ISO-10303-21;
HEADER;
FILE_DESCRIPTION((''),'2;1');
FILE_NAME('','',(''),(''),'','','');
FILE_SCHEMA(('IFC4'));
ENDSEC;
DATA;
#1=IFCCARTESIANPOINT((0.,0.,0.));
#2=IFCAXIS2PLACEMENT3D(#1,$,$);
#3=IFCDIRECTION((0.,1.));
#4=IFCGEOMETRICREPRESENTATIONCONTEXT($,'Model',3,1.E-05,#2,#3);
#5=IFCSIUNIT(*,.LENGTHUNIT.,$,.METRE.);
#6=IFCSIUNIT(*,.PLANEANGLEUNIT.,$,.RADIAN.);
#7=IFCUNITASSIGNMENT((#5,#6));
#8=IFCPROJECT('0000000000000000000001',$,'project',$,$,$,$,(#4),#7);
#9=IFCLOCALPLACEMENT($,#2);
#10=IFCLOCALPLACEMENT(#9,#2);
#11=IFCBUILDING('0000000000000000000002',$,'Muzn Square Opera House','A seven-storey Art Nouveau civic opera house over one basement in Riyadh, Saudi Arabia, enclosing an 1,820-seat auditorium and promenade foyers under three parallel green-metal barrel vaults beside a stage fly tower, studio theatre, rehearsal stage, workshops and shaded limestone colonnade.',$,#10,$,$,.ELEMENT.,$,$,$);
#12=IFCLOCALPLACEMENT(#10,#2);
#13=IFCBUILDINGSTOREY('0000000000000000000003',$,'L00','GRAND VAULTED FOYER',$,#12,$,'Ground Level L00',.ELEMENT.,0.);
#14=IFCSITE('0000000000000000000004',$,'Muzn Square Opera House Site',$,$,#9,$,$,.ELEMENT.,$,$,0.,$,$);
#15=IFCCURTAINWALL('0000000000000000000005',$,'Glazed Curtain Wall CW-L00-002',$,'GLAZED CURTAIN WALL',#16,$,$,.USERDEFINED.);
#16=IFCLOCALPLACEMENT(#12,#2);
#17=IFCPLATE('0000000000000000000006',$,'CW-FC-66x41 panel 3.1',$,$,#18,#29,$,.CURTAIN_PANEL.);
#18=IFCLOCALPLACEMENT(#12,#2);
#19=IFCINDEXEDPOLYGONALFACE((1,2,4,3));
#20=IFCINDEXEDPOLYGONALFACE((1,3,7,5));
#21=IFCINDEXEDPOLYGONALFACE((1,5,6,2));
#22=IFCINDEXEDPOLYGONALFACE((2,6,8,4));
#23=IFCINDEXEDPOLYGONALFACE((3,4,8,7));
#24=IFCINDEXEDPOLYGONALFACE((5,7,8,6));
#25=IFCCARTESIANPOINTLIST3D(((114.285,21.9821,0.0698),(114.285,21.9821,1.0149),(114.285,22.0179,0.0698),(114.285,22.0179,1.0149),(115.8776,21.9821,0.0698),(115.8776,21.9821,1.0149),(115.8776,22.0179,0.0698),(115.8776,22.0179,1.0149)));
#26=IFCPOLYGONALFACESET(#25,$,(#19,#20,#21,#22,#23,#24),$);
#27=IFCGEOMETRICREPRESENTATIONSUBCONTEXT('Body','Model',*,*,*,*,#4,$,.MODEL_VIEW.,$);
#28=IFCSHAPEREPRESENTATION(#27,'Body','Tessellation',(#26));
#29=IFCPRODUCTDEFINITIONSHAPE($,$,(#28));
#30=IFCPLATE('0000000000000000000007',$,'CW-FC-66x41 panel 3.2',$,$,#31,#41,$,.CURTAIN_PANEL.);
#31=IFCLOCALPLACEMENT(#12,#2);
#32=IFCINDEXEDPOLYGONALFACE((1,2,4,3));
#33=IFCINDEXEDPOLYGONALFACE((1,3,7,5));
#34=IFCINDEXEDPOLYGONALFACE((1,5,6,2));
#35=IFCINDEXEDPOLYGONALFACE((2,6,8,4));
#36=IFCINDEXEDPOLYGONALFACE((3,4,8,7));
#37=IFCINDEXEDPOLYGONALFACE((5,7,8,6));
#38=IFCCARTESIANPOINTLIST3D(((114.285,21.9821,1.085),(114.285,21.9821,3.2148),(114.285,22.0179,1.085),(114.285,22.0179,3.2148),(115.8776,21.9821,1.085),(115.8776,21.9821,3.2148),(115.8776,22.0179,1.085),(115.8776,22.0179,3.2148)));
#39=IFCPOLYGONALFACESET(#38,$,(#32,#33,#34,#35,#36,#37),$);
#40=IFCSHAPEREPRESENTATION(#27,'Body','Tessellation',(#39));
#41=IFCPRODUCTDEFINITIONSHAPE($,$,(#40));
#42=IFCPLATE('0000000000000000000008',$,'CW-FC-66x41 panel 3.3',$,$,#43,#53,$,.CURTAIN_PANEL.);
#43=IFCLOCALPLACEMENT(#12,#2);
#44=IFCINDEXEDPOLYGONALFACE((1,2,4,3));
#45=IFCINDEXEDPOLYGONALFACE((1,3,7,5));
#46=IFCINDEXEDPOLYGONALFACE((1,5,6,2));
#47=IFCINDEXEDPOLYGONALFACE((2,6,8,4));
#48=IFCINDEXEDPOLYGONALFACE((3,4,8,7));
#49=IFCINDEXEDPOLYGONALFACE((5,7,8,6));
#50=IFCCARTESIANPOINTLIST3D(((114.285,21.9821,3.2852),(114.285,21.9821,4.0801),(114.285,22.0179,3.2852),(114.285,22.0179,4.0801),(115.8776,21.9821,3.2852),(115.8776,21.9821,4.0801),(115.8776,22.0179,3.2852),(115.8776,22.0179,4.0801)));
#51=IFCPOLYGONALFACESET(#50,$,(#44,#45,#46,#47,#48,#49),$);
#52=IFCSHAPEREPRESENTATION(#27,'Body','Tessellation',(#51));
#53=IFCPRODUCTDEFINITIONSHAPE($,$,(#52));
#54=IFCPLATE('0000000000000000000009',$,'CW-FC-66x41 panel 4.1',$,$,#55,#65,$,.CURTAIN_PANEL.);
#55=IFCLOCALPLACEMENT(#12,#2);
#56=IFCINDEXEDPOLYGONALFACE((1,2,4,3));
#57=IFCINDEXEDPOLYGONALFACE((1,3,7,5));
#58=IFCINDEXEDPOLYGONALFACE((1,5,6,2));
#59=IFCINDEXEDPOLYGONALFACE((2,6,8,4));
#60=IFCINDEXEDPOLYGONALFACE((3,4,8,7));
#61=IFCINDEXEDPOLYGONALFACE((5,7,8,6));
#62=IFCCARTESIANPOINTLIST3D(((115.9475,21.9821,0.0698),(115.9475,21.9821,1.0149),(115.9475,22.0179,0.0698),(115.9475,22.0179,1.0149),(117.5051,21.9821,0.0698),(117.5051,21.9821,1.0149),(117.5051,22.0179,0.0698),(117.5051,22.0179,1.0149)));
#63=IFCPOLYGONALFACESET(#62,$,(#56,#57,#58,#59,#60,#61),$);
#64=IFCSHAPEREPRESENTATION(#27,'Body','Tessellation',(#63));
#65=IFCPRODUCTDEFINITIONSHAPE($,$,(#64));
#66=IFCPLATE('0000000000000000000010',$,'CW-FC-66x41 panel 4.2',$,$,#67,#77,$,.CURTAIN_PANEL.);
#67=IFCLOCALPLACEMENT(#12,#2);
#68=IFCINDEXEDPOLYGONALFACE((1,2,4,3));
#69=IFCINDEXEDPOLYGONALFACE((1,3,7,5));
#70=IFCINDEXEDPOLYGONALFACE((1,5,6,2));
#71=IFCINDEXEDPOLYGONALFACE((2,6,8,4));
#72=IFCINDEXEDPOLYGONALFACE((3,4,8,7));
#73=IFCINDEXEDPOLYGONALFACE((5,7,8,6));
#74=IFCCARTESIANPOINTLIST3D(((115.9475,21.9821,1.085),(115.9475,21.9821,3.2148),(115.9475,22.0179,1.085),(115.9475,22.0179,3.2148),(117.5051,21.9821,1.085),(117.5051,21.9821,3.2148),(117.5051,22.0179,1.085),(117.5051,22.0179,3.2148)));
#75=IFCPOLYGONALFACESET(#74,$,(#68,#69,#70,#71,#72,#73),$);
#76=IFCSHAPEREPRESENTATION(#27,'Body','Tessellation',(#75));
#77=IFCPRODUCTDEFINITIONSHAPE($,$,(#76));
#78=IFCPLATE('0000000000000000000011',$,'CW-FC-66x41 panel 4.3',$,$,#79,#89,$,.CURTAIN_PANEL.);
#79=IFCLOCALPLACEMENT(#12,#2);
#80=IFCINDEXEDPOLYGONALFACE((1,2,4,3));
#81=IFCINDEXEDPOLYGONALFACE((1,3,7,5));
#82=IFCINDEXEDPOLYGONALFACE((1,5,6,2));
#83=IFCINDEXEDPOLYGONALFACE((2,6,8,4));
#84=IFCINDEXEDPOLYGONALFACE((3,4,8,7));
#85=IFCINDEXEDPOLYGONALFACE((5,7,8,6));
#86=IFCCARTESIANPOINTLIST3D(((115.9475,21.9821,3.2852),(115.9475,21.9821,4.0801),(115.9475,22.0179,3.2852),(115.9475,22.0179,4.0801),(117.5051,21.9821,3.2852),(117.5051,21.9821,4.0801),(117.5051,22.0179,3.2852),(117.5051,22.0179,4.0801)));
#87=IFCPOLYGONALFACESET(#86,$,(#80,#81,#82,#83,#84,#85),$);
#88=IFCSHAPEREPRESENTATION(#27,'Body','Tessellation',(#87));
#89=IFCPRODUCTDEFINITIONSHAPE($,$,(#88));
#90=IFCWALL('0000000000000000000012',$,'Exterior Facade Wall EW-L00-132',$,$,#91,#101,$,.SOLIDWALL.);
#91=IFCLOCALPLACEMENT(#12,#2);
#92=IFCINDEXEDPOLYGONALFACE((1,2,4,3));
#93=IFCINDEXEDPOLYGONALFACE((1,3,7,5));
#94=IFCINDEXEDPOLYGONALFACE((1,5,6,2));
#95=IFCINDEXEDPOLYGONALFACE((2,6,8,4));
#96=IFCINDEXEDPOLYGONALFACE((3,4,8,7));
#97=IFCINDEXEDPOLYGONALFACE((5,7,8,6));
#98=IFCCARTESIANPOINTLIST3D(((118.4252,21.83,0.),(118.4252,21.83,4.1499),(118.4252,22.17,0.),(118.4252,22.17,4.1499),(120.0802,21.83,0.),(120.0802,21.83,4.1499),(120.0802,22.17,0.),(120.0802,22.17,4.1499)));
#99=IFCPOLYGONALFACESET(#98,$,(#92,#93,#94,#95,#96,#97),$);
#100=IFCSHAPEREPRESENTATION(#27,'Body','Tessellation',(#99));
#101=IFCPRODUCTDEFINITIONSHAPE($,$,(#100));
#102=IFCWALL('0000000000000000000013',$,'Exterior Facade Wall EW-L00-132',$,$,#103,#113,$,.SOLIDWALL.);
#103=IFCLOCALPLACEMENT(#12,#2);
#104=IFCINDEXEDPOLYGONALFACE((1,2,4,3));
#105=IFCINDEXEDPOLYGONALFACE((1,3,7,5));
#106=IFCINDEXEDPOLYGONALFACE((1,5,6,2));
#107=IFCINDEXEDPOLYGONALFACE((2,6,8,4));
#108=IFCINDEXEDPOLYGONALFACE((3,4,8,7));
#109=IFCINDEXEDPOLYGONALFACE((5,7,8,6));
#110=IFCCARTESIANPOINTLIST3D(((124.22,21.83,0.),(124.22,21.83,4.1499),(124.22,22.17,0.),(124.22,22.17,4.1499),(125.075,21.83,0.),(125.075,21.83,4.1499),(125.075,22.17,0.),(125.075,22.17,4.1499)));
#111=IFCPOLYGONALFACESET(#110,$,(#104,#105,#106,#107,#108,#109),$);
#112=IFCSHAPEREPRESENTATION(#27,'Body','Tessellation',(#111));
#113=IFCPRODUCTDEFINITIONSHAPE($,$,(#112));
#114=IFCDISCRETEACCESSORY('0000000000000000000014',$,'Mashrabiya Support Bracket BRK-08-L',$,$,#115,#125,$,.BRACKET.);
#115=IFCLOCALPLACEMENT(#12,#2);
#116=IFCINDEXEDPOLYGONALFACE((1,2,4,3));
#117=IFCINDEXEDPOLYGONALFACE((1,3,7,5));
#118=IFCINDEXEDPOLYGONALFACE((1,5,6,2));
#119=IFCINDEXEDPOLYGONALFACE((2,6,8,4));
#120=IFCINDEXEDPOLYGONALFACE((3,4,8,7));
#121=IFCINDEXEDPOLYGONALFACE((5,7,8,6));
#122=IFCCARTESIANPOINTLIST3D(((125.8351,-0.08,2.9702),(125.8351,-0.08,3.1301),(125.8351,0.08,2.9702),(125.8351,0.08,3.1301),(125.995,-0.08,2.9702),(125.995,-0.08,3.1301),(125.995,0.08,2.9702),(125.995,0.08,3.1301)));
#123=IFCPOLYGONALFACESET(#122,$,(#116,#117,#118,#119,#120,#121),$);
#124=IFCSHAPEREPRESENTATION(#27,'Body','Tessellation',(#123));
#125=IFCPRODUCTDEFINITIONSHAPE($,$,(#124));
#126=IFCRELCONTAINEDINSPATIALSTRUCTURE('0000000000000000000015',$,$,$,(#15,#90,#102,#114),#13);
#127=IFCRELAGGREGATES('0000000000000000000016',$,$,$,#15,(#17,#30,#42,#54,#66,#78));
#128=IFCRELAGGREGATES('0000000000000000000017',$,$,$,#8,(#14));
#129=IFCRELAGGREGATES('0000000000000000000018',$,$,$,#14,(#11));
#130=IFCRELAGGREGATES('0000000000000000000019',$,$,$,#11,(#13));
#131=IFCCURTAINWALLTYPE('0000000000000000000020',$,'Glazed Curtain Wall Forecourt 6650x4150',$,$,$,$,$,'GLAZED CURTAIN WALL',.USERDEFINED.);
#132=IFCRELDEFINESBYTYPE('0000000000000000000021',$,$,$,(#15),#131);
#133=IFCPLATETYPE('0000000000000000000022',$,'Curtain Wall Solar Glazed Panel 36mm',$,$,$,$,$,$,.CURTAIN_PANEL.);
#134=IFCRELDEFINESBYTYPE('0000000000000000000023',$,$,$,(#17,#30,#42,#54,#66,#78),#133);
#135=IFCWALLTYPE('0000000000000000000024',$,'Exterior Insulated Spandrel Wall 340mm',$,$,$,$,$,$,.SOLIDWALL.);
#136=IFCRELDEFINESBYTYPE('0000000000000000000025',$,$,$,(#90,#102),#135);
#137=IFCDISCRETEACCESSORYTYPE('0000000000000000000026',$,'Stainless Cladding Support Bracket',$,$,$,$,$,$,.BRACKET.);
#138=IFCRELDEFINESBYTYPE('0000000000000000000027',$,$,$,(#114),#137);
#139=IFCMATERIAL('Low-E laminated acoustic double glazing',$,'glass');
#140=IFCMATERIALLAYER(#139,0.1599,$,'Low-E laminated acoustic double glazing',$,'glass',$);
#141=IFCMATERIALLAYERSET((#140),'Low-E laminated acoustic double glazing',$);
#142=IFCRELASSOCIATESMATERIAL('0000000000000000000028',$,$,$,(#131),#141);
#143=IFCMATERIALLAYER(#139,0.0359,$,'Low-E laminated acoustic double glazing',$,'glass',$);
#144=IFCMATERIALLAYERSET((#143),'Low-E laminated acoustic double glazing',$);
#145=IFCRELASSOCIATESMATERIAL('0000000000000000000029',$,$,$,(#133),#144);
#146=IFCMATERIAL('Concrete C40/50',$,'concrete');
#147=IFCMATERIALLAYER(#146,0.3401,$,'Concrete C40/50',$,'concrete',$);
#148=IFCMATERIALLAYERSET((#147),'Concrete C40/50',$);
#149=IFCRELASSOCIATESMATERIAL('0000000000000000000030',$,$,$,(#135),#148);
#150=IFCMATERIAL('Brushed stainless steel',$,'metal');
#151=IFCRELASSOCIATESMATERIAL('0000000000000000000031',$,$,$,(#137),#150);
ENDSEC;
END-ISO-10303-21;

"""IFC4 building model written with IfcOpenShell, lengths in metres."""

from ifc_helpers import new_model, si_unit, direction, frame, frame_2d, origin, origin_2d, place, context, subcontext, project, spatial, rectangle, extrude, material, layer, layer_set, type_object, element, aggregate, save


model = new_model("IFC4")

# Units and contexts
model_context = context("Model", 3, precision=1e-05, world=origin(), true_north=direction((0.0, 1.0)))
body_context = subcontext(model_context, "Body", "Model", "MODEL_VIEW")
ifc_project = project(units=[si_unit("LENGTHUNIT", "METRE"), si_unit("PLANEANGLEUNIT", "RADIAN")], contexts=[model_context])

# Site, building, storey
site_placement = place(None, origin())
site = spatial("IfcSite", under=ifc_project, at=site_placement, Name="Muzn Square Opera House Site", CompositionType="ELEMENT", RefElevation=0.0)
building_placement = place(site_placement, origin())
building = spatial("IfcBuilding", under=site, at=building_placement, Name="Muzn Square Opera House", Description="A seven-storey Art Nouveau civic opera house over one basement in Riyadh, Saudi Arabia, enclosing an 1,820-seat auditorium and promenade foyers under three parallel green-metal barrel vaults beside a stage fly tower, studio theatre, rehearsal stage, workshops and shaded limestone colonnade.", CompositionType="ELEMENT")
storey_placement = place(building_placement, origin())
storey = spatial("IfcBuildingStorey", under=building, at=storey_placement, Name="L00", Description="GRAND VAULTED FOYER", LongName="Ground Level L00", CompositionType="ELEMENT", Elevation=0.0)

# Curtain wall
ifc_material_1 = material(Name="Low-E laminated acoustic double glazing", Category="glass")
ifc_layer_1 = layer(ifc_material_1, 0.1599, Name="Low-E laminated acoustic double glazing", Category="glass")
ifc_layer_set_1 = layer_set([ifc_layer_1], Name="Low-E laminated acoustic double glazing")
curtain_wall_type = type_object("IfcCurtainWallType", Name="Glazed Curtain Wall Forecourt 6650x4150", ElementType="GLAZED CURTAIN WALL", PredefinedType="USERDEFINED", material=ifc_layer_set_1)
curtain_wall_placement = place(storey_placement, origin())
curtain_wall = element("IfcCurtainWall", 1, at=curtain_wall_placement, inside=storey, type_object=curtain_wall_type, Name="Glazed Curtain Wall CW-L00-002", ObjectType="GLAZED CURTAIN WALL", PredefinedType="USERDEFINED")

# Shared definitions
ifc_material_2 = material(Name="Concrete C40/50", Category="concrete")

# Plates
ifc_layer_2 = layer(ifc_material_1, 0.0359, Name="Low-E laminated acoustic double glazing", Category="glass")
ifc_layer_set_2 = layer_set([ifc_layer_2], Name="Low-E laminated acoustic double glazing")
plate_type = type_object("IfcPlateType", Name="Curtain Wall Solar Glazed Panel 36mm", PredefinedType="CURTAIN_PANEL", material=ifc_layer_set_2)
plate_1_placement = place(storey_placement, frame((115.0813, 22.0, 0.0698), z_axis=(0.0, 0.0, 1.0), x_axis=(1.0, 0.0, 0.0)))
plate_1 = element("IfcPlate", 2, at=plate_1_placement, type_object=plate_type, Name="CW-FC-66x41 panel 3.1", PredefinedType="CURTAIN_PANEL", context=body_context, shape_type="SweptSolid", body=[
    extrude(rectangle(XDim=1.5925, YDim=0.0359, at=origin_2d()), origin(), (0.0, 0.0, 1.0), 0.9451),
])
plate_2_placement = place(storey_placement, frame((115.0813, 22.0, 1.085), z_axis=(0.0, 0.0, 1.0), x_axis=(1.0, 0.0, 0.0)))
plate_2 = element("IfcPlate", 3, at=plate_2_placement, type_object=plate_type, Name="CW-FC-66x41 panel 3.2", PredefinedType="CURTAIN_PANEL", context=body_context, shape_type="SweptSolid", body=[
    extrude(rectangle(XDim=1.5925, YDim=0.0359, at=origin_2d()), origin(), (0.0, 0.0, 1.0), 2.1299),
])
plate_3_placement = place(storey_placement, frame((115.0813, 22.0, 3.2852), z_axis=(0.0, 0.0, 1.0), x_axis=(1.0, 0.0, 0.0)))
plate_3 = element("IfcPlate", 4, at=plate_3_placement, type_object=plate_type, Name="CW-FC-66x41 panel 3.3", PredefinedType="CURTAIN_PANEL", context=body_context, shape_type="SweptSolid", body=[
    extrude(rectangle(XDim=1.5925, YDim=0.0359, at=origin_2d()), origin(), (0.0, 0.0, 1.0), 0.7949),
])
plate_4_placement = place(storey_placement, frame((116.7263, 22.0, 0.0698), z_axis=(0.0, 0.0, 1.0), x_axis=(1.0, 0.0, 0.0)))
plate_4 = element("IfcPlate", 5, at=plate_4_placement, type_object=plate_type, Name="CW-FC-66x41 panel 4.1", PredefinedType="CURTAIN_PANEL", context=body_context, shape_type="SweptSolid", body=[
    extrude(rectangle(XDim=1.5576, YDim=0.0359, at=origin_2d()), origin(), (0.0, 0.0, 1.0), 0.9451),
])
plate_5_placement = place(storey_placement, frame((116.7263, 22.0, 1.085), z_axis=(0.0, 0.0, 1.0), x_axis=(1.0, 0.0, 0.0)))
plate_5 = element("IfcPlate", 6, at=plate_5_placement, type_object=plate_type, Name="CW-FC-66x41 panel 4.2", PredefinedType="CURTAIN_PANEL", context=body_context, shape_type="SweptSolid", body=[
    extrude(rectangle(XDim=1.5576, YDim=0.0359, at=origin_2d()), origin(), (0.0, 0.0, 1.0), 2.1299),
])
plate_6_placement = place(storey_placement, frame((116.7263, 22.0, 3.2852), z_axis=(0.0, 0.0, 1.0), x_axis=(1.0, 0.0, 0.0)))
plate_6 = element("IfcPlate", 7, at=plate_6_placement, type_object=plate_type, Name="CW-FC-66x41 panel 4.3", PredefinedType="CURTAIN_PANEL", context=body_context, shape_type="SweptSolid", body=[
    extrude(rectangle(XDim=1.5576, YDim=0.0359, at=origin_2d()), origin(), (0.0, 0.0, 1.0), 0.7949),
])
aggregate(curtain_wall, [plate_1, plate_2, plate_3, plate_4, plate_5, plate_6])

# Walls
ifc_layer_3 = layer(ifc_material_2, 0.3401, Name="Concrete C40/50", Category="concrete")
ifc_layer_set_3 = layer_set([ifc_layer_3], Name="Concrete C40/50")
wall_type = type_object("IfcWallType", Name="Exterior Insulated Spandrel Wall 340mm", PredefinedType="SOLIDWALL", material=ifc_layer_set_3)
wall_1_placement = place(storey_placement, frame((118.425, 22.0, 0.0), z_axis=(0.0, 0.0, 1.0), x_axis=(1.0, 0.0, 0.0)))
element("IfcWall", 8, at=wall_1_placement, inside=storey, type_object=wall_type, Name="Exterior Facade Wall EW-L00-132", PredefinedType="SOLIDWALL", context=body_context, shape_type="SweptSolid", body=[
    extrude(rectangle(XDim=1.655, YDim=0.3401, at=frame_2d((0.8276, 0.0))), origin(), (0.0, 0.0, 1.0), 4.1499),
])
wall_2_placement = place(storey_placement, frame((124.22, 22.0, 0.0), z_axis=(0.0, 0.0, 1.0), x_axis=(1.0, 0.0, 0.0)))
element("IfcWall", 9, at=wall_2_placement, inside=storey, type_object=wall_type, Name="Exterior Facade Wall EW-L00-132", PredefinedType="SOLIDWALL", context=body_context, shape_type="SweptSolid", body=[
    extrude(rectangle(XDim=0.855, YDim=0.3401, at=frame_2d((0.4275, 0.0))), origin(), (0.0, 0.0, 1.0), 4.1499),
])

# Discrete accessory
ifc_material_3 = material(Name="Brushed stainless steel", Category="metal")
discrete_accessory_type = type_object("IfcDiscreteAccessoryType", Name="Stainless Cladding Support Bracket", PredefinedType="BRACKET", material=ifc_material_3)
discrete_accessory_placement = place(storey_placement, frame((125.915, 0.0, 2.9702), z_axis=(0.0, 0.0, 1.0), x_axis=(1.0, 0.0, 0.0)))
element("IfcDiscreteAccessory", 10, at=discrete_accessory_placement, inside=storey, type_object=discrete_accessory_type, Name="Mashrabiya Support Bracket BRK-08-L", PredefinedType="BRACKET", context=body_context, shape_type="SweptSolid", body=[
    extrude(rectangle(XDim=0.1599, YDim=0.1599, at=origin_2d()), origin(), (0.0, 0.0, 1.0), 0.1599),
])

save(model, "model.ifc")
